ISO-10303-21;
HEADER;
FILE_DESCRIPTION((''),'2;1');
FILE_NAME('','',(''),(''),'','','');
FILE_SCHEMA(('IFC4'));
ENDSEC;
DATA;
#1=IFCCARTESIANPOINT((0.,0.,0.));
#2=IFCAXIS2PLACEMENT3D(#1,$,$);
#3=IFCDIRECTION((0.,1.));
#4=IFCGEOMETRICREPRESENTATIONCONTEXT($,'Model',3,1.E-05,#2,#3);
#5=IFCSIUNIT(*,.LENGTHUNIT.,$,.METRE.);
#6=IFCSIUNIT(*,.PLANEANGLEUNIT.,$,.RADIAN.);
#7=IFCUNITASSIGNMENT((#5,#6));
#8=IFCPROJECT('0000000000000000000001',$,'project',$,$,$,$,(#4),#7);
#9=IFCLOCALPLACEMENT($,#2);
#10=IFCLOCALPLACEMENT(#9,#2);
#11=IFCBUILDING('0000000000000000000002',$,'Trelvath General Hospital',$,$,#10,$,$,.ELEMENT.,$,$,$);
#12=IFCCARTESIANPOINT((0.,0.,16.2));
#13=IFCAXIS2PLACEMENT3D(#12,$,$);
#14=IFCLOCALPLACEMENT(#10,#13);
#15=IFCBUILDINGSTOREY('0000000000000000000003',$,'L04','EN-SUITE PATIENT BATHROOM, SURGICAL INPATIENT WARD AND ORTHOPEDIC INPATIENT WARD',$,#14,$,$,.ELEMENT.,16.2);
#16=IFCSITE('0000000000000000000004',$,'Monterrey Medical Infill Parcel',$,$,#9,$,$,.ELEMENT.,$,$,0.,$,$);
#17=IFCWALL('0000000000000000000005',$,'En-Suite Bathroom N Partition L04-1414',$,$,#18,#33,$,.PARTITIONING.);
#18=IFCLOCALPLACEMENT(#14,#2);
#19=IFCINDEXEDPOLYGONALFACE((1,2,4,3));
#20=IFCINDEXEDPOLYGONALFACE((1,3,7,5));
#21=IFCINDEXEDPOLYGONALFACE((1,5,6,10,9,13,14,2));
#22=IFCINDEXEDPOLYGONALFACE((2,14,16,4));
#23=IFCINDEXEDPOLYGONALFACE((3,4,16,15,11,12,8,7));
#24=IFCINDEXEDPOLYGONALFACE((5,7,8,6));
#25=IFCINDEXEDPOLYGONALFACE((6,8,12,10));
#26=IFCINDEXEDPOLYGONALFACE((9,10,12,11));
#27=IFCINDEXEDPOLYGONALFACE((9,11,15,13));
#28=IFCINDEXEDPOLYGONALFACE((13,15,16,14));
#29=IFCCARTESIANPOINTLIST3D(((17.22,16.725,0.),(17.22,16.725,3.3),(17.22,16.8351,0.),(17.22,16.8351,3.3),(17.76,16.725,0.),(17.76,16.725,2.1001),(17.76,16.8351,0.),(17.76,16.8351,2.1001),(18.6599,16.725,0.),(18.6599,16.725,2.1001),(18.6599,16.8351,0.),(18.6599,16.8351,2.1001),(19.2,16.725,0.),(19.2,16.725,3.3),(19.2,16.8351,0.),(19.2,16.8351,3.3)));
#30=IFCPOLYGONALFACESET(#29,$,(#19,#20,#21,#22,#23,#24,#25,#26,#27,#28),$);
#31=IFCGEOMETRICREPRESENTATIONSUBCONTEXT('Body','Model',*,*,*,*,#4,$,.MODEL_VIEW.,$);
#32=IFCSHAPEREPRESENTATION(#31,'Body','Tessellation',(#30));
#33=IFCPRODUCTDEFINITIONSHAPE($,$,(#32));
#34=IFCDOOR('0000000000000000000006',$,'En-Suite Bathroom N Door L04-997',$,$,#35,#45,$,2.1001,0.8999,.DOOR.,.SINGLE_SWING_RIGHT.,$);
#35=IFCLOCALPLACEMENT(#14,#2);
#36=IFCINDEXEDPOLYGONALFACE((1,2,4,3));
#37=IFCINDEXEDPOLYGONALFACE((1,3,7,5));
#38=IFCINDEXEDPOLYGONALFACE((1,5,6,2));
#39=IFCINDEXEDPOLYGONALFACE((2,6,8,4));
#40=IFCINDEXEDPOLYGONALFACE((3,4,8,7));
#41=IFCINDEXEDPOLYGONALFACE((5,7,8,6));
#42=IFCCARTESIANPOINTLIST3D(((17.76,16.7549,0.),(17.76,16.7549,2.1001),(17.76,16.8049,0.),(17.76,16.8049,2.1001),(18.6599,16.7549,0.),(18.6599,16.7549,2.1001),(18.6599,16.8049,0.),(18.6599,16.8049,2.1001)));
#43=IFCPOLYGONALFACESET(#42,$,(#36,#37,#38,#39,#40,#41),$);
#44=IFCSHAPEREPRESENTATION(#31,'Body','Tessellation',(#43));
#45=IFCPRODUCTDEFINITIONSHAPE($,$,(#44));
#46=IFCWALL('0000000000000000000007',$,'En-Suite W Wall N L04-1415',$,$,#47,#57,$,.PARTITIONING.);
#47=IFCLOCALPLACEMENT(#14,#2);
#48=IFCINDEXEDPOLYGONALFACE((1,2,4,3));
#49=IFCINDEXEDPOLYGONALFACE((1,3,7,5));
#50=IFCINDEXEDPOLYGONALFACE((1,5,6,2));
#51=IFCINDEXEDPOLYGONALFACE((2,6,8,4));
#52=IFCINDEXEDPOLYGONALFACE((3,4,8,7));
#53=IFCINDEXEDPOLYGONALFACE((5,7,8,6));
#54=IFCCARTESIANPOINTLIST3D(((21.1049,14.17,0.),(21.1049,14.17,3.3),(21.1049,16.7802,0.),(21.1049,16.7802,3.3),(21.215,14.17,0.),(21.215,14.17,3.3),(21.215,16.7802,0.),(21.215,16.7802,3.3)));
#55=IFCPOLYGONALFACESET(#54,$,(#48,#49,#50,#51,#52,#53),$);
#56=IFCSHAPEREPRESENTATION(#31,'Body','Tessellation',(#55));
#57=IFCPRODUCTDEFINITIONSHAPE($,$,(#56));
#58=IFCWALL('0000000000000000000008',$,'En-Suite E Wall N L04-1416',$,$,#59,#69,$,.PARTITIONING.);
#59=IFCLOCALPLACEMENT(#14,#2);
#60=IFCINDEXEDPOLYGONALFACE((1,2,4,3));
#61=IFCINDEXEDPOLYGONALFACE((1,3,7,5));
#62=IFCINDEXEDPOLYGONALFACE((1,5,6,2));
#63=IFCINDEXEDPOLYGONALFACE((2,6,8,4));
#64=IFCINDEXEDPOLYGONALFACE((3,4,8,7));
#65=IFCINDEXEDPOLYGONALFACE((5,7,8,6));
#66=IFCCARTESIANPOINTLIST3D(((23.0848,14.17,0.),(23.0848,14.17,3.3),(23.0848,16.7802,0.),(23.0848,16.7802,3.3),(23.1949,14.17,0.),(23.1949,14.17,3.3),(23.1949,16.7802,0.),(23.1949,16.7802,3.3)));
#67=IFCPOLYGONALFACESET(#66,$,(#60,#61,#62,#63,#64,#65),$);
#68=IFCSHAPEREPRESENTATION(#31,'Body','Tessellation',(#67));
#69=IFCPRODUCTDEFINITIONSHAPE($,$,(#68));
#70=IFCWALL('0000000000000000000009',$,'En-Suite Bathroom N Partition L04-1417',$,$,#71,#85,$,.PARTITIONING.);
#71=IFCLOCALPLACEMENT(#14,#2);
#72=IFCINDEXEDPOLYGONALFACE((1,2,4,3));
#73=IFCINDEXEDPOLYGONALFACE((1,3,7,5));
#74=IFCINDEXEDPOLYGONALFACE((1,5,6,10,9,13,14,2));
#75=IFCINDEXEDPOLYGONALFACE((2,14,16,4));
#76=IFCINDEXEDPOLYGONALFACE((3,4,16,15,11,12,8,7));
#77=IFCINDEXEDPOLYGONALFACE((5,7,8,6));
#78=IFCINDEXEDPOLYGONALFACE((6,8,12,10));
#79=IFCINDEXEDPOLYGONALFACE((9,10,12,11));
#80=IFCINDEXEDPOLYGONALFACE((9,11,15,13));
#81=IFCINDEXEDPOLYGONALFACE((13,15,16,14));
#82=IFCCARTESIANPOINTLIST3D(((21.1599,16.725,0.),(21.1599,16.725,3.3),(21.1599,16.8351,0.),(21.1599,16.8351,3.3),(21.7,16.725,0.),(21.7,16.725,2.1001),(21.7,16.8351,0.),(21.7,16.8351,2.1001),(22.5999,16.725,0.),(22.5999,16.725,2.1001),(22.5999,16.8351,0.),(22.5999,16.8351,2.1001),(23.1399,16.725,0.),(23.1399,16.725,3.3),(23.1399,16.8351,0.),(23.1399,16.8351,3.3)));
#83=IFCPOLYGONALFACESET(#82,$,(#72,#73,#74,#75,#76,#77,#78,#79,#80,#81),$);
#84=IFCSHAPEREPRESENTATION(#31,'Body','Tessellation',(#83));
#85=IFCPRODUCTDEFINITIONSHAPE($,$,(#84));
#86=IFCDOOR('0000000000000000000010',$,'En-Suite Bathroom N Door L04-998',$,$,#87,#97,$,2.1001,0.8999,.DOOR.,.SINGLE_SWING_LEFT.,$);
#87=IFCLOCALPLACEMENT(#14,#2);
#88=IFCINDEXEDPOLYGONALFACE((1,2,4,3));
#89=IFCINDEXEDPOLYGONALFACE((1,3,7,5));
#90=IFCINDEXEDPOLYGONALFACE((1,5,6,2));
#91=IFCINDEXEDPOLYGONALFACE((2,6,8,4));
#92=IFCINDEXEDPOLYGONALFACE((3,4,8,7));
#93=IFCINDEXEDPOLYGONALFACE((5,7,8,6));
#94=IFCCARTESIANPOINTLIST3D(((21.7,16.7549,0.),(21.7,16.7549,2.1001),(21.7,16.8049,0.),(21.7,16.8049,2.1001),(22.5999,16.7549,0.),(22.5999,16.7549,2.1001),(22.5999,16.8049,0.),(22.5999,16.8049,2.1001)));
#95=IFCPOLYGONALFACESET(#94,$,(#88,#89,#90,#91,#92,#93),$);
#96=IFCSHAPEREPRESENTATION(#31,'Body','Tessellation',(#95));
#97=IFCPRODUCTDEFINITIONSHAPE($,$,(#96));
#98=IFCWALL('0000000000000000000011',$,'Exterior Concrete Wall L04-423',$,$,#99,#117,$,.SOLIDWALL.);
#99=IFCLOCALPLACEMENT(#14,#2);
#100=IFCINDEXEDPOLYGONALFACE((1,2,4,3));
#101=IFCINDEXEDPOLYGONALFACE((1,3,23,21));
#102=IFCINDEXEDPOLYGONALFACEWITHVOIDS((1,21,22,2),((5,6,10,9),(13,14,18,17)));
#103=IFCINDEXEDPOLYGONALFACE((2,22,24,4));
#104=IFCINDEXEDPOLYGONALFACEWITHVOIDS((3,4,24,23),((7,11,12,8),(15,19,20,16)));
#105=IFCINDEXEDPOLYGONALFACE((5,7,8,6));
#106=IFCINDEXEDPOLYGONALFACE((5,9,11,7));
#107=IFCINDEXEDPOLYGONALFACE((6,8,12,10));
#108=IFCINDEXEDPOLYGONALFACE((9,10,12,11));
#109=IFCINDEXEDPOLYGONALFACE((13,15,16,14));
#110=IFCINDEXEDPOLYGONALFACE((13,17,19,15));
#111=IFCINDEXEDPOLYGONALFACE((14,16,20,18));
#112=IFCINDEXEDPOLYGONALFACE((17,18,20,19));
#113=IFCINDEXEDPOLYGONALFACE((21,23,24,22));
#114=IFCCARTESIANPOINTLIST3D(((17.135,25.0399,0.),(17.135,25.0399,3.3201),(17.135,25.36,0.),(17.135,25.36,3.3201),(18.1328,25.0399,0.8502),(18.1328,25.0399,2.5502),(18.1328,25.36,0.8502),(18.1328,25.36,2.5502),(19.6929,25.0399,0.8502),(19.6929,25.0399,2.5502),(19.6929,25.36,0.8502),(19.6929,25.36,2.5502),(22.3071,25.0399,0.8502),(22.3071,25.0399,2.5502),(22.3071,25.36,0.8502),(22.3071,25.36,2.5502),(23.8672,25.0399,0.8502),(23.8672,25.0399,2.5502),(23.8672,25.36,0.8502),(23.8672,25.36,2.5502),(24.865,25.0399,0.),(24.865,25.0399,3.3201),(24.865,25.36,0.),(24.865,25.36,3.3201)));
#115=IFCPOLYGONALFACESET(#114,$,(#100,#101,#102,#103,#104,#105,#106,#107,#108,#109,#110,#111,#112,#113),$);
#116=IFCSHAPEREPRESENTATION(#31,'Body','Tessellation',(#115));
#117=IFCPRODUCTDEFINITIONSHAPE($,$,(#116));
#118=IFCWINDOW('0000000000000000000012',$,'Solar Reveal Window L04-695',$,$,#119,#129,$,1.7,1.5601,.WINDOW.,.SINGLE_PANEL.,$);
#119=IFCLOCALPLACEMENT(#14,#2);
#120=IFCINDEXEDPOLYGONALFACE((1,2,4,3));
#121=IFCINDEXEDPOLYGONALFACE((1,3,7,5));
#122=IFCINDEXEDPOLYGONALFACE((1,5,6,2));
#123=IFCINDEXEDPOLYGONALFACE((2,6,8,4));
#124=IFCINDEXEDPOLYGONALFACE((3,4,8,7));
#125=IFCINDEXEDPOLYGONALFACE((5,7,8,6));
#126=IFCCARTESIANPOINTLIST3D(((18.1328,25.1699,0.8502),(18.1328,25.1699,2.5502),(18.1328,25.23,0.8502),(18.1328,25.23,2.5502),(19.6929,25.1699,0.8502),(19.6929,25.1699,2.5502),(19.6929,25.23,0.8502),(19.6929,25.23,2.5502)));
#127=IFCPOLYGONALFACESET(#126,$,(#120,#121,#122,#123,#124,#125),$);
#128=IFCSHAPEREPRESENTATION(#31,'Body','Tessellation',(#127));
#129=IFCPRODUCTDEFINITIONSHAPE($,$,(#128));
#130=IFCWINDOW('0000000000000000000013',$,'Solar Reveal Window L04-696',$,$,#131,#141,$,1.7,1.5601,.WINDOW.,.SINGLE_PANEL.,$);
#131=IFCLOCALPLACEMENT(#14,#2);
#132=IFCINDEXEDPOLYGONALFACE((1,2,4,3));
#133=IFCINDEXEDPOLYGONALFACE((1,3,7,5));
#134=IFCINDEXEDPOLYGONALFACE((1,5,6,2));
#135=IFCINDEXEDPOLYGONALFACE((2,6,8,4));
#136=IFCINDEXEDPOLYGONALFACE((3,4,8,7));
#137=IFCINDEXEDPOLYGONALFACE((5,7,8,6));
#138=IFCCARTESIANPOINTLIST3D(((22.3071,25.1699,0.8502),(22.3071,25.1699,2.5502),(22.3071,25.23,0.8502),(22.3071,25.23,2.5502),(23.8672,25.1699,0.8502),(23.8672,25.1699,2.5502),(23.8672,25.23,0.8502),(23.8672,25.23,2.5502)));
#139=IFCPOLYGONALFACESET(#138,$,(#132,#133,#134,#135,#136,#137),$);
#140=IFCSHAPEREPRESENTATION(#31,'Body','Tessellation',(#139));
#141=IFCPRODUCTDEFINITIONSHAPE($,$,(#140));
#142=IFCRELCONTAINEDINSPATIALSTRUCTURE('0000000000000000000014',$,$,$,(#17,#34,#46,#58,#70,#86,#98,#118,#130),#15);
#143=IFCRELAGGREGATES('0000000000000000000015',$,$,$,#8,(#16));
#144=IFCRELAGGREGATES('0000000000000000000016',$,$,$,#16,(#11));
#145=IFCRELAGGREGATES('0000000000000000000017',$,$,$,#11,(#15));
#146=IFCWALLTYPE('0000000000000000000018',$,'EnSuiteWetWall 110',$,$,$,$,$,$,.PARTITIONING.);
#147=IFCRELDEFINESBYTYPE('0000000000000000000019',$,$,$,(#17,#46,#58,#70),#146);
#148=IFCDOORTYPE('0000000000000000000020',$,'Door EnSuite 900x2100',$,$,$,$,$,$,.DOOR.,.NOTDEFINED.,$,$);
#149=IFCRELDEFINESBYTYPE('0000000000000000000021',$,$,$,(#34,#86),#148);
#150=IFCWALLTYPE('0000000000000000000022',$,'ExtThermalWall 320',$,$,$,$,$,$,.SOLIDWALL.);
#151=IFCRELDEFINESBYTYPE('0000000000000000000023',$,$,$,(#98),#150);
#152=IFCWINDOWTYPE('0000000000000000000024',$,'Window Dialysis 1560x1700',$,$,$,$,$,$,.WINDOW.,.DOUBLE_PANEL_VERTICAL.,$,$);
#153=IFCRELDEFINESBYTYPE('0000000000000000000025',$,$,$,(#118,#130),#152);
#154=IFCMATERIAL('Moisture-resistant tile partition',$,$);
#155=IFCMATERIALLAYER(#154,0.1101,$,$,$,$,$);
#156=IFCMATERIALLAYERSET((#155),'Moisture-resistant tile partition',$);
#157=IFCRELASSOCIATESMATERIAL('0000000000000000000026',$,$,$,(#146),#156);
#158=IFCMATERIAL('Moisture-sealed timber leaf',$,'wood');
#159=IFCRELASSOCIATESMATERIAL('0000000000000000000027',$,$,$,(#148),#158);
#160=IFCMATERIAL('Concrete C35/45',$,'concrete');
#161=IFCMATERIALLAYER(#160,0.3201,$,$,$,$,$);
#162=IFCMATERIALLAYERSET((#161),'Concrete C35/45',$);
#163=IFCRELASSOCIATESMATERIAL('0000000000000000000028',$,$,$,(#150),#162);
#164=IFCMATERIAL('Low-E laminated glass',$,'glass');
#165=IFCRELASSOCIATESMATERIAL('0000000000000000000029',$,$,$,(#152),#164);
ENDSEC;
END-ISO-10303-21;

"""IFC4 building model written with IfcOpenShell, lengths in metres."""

from ifc_helpers import new_model, si_unit, direction, frame, frame_2d, origin, place, context, subcontext, project, spatial, rectangle, extrude, material, layer, layer_set, type_object, element, fill, save


model = new_model("IFC4")

# Units and contexts
model_context = context("Model", 3, precision=1e-05, world=origin(), true_north=direction((0.0, 1.0)))
body_context = subcontext(model_context, "Body", "Model", "MODEL_VIEW")
ifc_project = project(units=[si_unit("LENGTHUNIT", "METRE"), si_unit("PLANEANGLEUNIT", "RADIAN")], contexts=[model_context])

# Site, building, storey
site_placement = place(None, origin())
site = spatial("IfcSite", under=ifc_project, at=site_placement, Name="Monterrey Medical Infill Parcel", CompositionType="ELEMENT", RefElevation=0.0)
building_placement = place(site_placement, origin())
building = spatial("IfcBuilding", under=site, at=building_placement, Name="Trelvath General Hospital", CompositionType="ELEMENT")
storey_placement = place(building_placement, frame((0.0, 0.0, 16.2)))
storey = spatial("IfcBuildingStorey", under=building, at=storey_placement, Name="L04", Description="EN-SUITE PATIENT BATHROOM, SURGICAL INPATIENT WARD AND ORTHOPEDIC INPATIENT WARD", CompositionType="ELEMENT", Elevation=16.2)

# Wall, opening, door
ifc_material_1 = material(Name="Moisture-resistant tile partition")
ifc_layer_1 = layer(ifc_material_1, 0.1101)
ifc_layer_set_1 = layer_set([ifc_layer_1], Name="Moisture-resistant tile partition")
wall_type_1 = type_object("IfcWallType", Name="EnSuiteWetWall 110", PredefinedType="PARTITIONING", material=ifc_layer_set_1)
wall_1_placement = place(storey_placement, frame((17.22, 16.78, 0.0), z_axis=(0.0, 0.0, 1.0), x_axis=(1.0, 0.0, 0.0)))
wall_1 = element("IfcWall", 1, at=wall_1_placement, inside=storey, type_object=wall_type_1, Name="En-Suite Bathroom N Partition L04-1414", PredefinedType="PARTITIONING", context=body_context, shape_type="SweptSolid", body=[
    extrude(rectangle(XDim=1.98, YDim=0.1101, at=frame_2d((0.99, 0.0))), origin(), (0.0, 0.0, 1.0), 3.3),
])
opening_1_placement = place(wall_1_placement, frame((0.54, 0.0, 0.0)))
opening_1 = element("IfcOpeningElement", 2, at=opening_1_placement, cuts=wall_1, PredefinedType="OPENING", context=body_context, shape_type="SweptSolid", body=[
    extrude(rectangle(XDim=0.8999, YDim=2.1001, at=frame_2d((0.45, 1.05))), frame((0.0, 0.0649, 0.0), z_axis=(0.0, -1.0, 0.0), x_axis=(1.0, 0.0, 0.0)), (0.0, 0.0, 1.0), 0.1301),
])
ifc_material_2 = material(Name="Moisture-sealed timber leaf", Category="wood")
door_type = type_object("IfcDoorType", Name="Door EnSuite 900x2100", OperationType="NOTDEFINED", PredefinedType="DOOR", material=ifc_material_2)
door_1_placement = place(opening_1_placement, origin())
door_1 = element("IfcDoor", 3, at=door_1_placement, inside=storey, type_object=door_type, Name="En-Suite Bathroom N Door L04-997", OperationType="SINGLE_SWING_RIGHT", OverallHeight=2.1001, OverallWidth=0.8999, PredefinedType="DOOR", context=body_context, shape_type="SweptSolid", body=[
    extrude(rectangle(XDim=0.8999, YDim=2.1001, at=frame_2d((0.45, 1.05))), frame((0.0, 0.0249, 0.0), z_axis=(0.0, -1.0, 0.0), x_axis=(1.0, 0.0, 0.0)), (0.0, 0.0, 1.0), 0.05),
])
fill(opening_1, door_1)

# Walls
for number, where, z_axis, x_axis, name in (
    (4, (21.1599, 14.1699, 0.0), (0.0, 0.0, 1.0), (0.0, 1.0, 0.0), "En-Suite W Wall N L04-1415"),
    (5, (23.1399, 14.1699, 0.0), (0.0, 0.0, 1.0), (0.0, 1.0, 0.0), "En-Suite E Wall N L04-1416"),
):
    element("IfcWall", number, at=place(storey_placement, frame(where, z_axis=z_axis, x_axis=x_axis)), inside=storey, type_object=wall_type_1, Name=name, PredefinedType="PARTITIONING", context=body_context, shape_type="SweptSolid", body=[
        extrude(rectangle(XDim=2.6101, YDim=0.1101, at=frame_2d((1.3052, 0.0))), origin(), (0.0, 0.0, 1.0), 3.3),
    ])

# Wall, opening, door
wall_2_placement = place(storey_placement, frame((21.1599, 16.78, 0.0), z_axis=(0.0, 0.0, 1.0), x_axis=(1.0, 0.0, 0.0)))
wall_2 = element("IfcWall", 6, at=wall_2_placement, inside=storey, type_object=wall_type_1, Name="En-Suite Bathroom N Partition L04-1417", PredefinedType="PARTITIONING", context=body_context, shape_type="SweptSolid", body=[
    extrude(rectangle(XDim=1.98, YDim=0.1101, at=frame_2d((0.99, 0.0))), origin(), (0.0, 0.0, 1.0), 3.3),
])
opening_2_placement = place(wall_2_placement, frame((0.54, 0.0, 0.0)))
opening_2 = element("IfcOpeningElement", 7, at=opening_2_placement, cuts=wall_2, PredefinedType="OPENING", context=body_context, shape_type="SweptSolid", body=[
    extrude(rectangle(XDim=0.8999, YDim=2.1001, at=frame_2d((0.45, 1.05))), frame((0.0, 0.0649, 0.0), z_axis=(0.0, -1.0, 0.0), x_axis=(1.0, 0.0, 0.0)), (0.0, 0.0, 1.0), 0.1301),
])
door_2_placement = place(opening_2_placement, origin())
door_2 = element("IfcDoor", 8, at=door_2_placement, inside=storey, type_object=door_type, Name="En-Suite Bathroom N Door L04-998", OperationType="SINGLE_SWING_LEFT", OverallHeight=2.1001, OverallWidth=0.8999, PredefinedType="DOOR", context=body_context, shape_type="SweptSolid", body=[
    extrude(rectangle(XDim=0.8999, YDim=2.1001, at=frame_2d((0.45, 1.05))), frame((0.0, 0.0249, 0.0), z_axis=(0.0, -1.0, 0.0), x_axis=(1.0, 0.0, 0.0)), (0.0, 0.0, 1.0), 0.05),
])
fill(opening_2, door_2)

# Wall, openings, windows
ifc_material_3 = material(Name="Concrete C35/45", Category="concrete")
ifc_layer_2 = layer(ifc_material_3, 0.3201)
ifc_layer_set_2 = layer_set([ifc_layer_2], Name="Concrete C35/45")
wall_type_2 = type_object("IfcWallType", Name="ExtThermalWall 320", PredefinedType="SOLIDWALL", material=ifc_layer_set_2)
wall_3_placement = place(storey_placement, frame((17.135, 25.2, 0.0), z_axis=(0.0, 0.0, 1.0), x_axis=(1.0, 0.0, 0.0)))
wall_3 = element("IfcWall", 9, at=wall_3_placement, inside=storey, type_object=wall_type_2, Name="Exterior Concrete Wall L04-423", PredefinedType="SOLIDWALL", context=body_context, shape_type="SweptSolid", body=[
    extrude(rectangle(XDim=7.73, YDim=0.3201, at=frame_2d((3.865, 0.0))), origin(), (0.0, 0.0, 1.0), 3.3201),
])
opening_3_placement = place(wall_3_placement, frame((0.9978, 0.0, 0.8501)))
opening_3 = element("IfcOpeningElement", 10, at=opening_3_placement, cuts=wall_3, PredefinedType="OPENING", context=body_context, shape_type="SweptSolid", body=[
    extrude(rectangle(XDim=1.5601, YDim=1.7, at=frame_2d((0.78, 0.8501))), frame((0.0, 0.1699, 0.0), z_axis=(0.0, -1.0, 0.0), x_axis=(1.0, 0.0, 0.0)), (0.0, 0.0, 1.0), 0.3401),
])
opening_4_placement = place(wall_3_placement, frame((5.1721, 0.0, 0.8501)))
opening_4 = element("IfcOpeningElement", 11, at=opening_4_placement, cuts=wall_3, PredefinedType="OPENING", context=body_context, shape_type="SweptSolid", body=[
    extrude(rectangle(XDim=1.5601, YDim=1.7, at=frame_2d((0.78, 0.8501))), frame((0.0, 0.1699, 0.0), z_axis=(0.0, -1.0, 0.0), x_axis=(1.0, 0.0, 0.0)), (0.0, 0.0, 1.0), 0.3401),
])
ifc_material_4 = material(Name="Low-E laminated glass", Category="glass")
window_type_1 = type_object("IfcWindowType", Name="Window Dialysis 1560x1700", PartitioningType="DOUBLE_PANEL_VERTICAL", PredefinedType="WINDOW", material=ifc_material_4)
window_1_placement = place(opening_3_placement, origin())
window_1 = element("IfcWindow", 12, at=window_1_placement, inside=storey, type_object=window_type_1, Name="Solar Reveal Window L04-695", OverallHeight=1.7, OverallWidth=1.5601, PartitioningType="SINGLE_PANEL", PredefinedType="WINDOW", context=body_context, shape_type="SweptSolid", body=[
    extrude(rectangle(XDim=1.5601, YDim=1.7, at=frame_2d((0.78, 0.8501))), frame((0.0, 0.03, 0.0), z_axis=(0.0, -1.0, 0.0), x_axis=(1.0, 0.0, 0.0)), (0.0, 0.0, 1.0), 0.0601),
])
fill(opening_3, window_1)
window_2_placement = place(opening_4_placement, origin())
window_2 = element("IfcWindow", 13, at=window_2_placement, inside=storey, type_object=window_type_1, Name="Solar Reveal Window L04-696", OverallHeight=1.7, OverallWidth=1.5601, PartitioningType="SINGLE_PANEL", PredefinedType="WINDOW", context=body_context, shape_type="SweptSolid", body=[
    extrude(rectangle(XDim=1.5601, YDim=1.7, at=frame_2d((0.78, 0.8501))), frame((0.0, 0.03, 0.0), z_axis=(0.0, -1.0, 0.0), x_axis=(1.0, 0.0, 0.0)), (0.0, 0.0, 1.0), 0.0601),
])
fill(opening_4, window_2)

save(model, "model.ifc")
